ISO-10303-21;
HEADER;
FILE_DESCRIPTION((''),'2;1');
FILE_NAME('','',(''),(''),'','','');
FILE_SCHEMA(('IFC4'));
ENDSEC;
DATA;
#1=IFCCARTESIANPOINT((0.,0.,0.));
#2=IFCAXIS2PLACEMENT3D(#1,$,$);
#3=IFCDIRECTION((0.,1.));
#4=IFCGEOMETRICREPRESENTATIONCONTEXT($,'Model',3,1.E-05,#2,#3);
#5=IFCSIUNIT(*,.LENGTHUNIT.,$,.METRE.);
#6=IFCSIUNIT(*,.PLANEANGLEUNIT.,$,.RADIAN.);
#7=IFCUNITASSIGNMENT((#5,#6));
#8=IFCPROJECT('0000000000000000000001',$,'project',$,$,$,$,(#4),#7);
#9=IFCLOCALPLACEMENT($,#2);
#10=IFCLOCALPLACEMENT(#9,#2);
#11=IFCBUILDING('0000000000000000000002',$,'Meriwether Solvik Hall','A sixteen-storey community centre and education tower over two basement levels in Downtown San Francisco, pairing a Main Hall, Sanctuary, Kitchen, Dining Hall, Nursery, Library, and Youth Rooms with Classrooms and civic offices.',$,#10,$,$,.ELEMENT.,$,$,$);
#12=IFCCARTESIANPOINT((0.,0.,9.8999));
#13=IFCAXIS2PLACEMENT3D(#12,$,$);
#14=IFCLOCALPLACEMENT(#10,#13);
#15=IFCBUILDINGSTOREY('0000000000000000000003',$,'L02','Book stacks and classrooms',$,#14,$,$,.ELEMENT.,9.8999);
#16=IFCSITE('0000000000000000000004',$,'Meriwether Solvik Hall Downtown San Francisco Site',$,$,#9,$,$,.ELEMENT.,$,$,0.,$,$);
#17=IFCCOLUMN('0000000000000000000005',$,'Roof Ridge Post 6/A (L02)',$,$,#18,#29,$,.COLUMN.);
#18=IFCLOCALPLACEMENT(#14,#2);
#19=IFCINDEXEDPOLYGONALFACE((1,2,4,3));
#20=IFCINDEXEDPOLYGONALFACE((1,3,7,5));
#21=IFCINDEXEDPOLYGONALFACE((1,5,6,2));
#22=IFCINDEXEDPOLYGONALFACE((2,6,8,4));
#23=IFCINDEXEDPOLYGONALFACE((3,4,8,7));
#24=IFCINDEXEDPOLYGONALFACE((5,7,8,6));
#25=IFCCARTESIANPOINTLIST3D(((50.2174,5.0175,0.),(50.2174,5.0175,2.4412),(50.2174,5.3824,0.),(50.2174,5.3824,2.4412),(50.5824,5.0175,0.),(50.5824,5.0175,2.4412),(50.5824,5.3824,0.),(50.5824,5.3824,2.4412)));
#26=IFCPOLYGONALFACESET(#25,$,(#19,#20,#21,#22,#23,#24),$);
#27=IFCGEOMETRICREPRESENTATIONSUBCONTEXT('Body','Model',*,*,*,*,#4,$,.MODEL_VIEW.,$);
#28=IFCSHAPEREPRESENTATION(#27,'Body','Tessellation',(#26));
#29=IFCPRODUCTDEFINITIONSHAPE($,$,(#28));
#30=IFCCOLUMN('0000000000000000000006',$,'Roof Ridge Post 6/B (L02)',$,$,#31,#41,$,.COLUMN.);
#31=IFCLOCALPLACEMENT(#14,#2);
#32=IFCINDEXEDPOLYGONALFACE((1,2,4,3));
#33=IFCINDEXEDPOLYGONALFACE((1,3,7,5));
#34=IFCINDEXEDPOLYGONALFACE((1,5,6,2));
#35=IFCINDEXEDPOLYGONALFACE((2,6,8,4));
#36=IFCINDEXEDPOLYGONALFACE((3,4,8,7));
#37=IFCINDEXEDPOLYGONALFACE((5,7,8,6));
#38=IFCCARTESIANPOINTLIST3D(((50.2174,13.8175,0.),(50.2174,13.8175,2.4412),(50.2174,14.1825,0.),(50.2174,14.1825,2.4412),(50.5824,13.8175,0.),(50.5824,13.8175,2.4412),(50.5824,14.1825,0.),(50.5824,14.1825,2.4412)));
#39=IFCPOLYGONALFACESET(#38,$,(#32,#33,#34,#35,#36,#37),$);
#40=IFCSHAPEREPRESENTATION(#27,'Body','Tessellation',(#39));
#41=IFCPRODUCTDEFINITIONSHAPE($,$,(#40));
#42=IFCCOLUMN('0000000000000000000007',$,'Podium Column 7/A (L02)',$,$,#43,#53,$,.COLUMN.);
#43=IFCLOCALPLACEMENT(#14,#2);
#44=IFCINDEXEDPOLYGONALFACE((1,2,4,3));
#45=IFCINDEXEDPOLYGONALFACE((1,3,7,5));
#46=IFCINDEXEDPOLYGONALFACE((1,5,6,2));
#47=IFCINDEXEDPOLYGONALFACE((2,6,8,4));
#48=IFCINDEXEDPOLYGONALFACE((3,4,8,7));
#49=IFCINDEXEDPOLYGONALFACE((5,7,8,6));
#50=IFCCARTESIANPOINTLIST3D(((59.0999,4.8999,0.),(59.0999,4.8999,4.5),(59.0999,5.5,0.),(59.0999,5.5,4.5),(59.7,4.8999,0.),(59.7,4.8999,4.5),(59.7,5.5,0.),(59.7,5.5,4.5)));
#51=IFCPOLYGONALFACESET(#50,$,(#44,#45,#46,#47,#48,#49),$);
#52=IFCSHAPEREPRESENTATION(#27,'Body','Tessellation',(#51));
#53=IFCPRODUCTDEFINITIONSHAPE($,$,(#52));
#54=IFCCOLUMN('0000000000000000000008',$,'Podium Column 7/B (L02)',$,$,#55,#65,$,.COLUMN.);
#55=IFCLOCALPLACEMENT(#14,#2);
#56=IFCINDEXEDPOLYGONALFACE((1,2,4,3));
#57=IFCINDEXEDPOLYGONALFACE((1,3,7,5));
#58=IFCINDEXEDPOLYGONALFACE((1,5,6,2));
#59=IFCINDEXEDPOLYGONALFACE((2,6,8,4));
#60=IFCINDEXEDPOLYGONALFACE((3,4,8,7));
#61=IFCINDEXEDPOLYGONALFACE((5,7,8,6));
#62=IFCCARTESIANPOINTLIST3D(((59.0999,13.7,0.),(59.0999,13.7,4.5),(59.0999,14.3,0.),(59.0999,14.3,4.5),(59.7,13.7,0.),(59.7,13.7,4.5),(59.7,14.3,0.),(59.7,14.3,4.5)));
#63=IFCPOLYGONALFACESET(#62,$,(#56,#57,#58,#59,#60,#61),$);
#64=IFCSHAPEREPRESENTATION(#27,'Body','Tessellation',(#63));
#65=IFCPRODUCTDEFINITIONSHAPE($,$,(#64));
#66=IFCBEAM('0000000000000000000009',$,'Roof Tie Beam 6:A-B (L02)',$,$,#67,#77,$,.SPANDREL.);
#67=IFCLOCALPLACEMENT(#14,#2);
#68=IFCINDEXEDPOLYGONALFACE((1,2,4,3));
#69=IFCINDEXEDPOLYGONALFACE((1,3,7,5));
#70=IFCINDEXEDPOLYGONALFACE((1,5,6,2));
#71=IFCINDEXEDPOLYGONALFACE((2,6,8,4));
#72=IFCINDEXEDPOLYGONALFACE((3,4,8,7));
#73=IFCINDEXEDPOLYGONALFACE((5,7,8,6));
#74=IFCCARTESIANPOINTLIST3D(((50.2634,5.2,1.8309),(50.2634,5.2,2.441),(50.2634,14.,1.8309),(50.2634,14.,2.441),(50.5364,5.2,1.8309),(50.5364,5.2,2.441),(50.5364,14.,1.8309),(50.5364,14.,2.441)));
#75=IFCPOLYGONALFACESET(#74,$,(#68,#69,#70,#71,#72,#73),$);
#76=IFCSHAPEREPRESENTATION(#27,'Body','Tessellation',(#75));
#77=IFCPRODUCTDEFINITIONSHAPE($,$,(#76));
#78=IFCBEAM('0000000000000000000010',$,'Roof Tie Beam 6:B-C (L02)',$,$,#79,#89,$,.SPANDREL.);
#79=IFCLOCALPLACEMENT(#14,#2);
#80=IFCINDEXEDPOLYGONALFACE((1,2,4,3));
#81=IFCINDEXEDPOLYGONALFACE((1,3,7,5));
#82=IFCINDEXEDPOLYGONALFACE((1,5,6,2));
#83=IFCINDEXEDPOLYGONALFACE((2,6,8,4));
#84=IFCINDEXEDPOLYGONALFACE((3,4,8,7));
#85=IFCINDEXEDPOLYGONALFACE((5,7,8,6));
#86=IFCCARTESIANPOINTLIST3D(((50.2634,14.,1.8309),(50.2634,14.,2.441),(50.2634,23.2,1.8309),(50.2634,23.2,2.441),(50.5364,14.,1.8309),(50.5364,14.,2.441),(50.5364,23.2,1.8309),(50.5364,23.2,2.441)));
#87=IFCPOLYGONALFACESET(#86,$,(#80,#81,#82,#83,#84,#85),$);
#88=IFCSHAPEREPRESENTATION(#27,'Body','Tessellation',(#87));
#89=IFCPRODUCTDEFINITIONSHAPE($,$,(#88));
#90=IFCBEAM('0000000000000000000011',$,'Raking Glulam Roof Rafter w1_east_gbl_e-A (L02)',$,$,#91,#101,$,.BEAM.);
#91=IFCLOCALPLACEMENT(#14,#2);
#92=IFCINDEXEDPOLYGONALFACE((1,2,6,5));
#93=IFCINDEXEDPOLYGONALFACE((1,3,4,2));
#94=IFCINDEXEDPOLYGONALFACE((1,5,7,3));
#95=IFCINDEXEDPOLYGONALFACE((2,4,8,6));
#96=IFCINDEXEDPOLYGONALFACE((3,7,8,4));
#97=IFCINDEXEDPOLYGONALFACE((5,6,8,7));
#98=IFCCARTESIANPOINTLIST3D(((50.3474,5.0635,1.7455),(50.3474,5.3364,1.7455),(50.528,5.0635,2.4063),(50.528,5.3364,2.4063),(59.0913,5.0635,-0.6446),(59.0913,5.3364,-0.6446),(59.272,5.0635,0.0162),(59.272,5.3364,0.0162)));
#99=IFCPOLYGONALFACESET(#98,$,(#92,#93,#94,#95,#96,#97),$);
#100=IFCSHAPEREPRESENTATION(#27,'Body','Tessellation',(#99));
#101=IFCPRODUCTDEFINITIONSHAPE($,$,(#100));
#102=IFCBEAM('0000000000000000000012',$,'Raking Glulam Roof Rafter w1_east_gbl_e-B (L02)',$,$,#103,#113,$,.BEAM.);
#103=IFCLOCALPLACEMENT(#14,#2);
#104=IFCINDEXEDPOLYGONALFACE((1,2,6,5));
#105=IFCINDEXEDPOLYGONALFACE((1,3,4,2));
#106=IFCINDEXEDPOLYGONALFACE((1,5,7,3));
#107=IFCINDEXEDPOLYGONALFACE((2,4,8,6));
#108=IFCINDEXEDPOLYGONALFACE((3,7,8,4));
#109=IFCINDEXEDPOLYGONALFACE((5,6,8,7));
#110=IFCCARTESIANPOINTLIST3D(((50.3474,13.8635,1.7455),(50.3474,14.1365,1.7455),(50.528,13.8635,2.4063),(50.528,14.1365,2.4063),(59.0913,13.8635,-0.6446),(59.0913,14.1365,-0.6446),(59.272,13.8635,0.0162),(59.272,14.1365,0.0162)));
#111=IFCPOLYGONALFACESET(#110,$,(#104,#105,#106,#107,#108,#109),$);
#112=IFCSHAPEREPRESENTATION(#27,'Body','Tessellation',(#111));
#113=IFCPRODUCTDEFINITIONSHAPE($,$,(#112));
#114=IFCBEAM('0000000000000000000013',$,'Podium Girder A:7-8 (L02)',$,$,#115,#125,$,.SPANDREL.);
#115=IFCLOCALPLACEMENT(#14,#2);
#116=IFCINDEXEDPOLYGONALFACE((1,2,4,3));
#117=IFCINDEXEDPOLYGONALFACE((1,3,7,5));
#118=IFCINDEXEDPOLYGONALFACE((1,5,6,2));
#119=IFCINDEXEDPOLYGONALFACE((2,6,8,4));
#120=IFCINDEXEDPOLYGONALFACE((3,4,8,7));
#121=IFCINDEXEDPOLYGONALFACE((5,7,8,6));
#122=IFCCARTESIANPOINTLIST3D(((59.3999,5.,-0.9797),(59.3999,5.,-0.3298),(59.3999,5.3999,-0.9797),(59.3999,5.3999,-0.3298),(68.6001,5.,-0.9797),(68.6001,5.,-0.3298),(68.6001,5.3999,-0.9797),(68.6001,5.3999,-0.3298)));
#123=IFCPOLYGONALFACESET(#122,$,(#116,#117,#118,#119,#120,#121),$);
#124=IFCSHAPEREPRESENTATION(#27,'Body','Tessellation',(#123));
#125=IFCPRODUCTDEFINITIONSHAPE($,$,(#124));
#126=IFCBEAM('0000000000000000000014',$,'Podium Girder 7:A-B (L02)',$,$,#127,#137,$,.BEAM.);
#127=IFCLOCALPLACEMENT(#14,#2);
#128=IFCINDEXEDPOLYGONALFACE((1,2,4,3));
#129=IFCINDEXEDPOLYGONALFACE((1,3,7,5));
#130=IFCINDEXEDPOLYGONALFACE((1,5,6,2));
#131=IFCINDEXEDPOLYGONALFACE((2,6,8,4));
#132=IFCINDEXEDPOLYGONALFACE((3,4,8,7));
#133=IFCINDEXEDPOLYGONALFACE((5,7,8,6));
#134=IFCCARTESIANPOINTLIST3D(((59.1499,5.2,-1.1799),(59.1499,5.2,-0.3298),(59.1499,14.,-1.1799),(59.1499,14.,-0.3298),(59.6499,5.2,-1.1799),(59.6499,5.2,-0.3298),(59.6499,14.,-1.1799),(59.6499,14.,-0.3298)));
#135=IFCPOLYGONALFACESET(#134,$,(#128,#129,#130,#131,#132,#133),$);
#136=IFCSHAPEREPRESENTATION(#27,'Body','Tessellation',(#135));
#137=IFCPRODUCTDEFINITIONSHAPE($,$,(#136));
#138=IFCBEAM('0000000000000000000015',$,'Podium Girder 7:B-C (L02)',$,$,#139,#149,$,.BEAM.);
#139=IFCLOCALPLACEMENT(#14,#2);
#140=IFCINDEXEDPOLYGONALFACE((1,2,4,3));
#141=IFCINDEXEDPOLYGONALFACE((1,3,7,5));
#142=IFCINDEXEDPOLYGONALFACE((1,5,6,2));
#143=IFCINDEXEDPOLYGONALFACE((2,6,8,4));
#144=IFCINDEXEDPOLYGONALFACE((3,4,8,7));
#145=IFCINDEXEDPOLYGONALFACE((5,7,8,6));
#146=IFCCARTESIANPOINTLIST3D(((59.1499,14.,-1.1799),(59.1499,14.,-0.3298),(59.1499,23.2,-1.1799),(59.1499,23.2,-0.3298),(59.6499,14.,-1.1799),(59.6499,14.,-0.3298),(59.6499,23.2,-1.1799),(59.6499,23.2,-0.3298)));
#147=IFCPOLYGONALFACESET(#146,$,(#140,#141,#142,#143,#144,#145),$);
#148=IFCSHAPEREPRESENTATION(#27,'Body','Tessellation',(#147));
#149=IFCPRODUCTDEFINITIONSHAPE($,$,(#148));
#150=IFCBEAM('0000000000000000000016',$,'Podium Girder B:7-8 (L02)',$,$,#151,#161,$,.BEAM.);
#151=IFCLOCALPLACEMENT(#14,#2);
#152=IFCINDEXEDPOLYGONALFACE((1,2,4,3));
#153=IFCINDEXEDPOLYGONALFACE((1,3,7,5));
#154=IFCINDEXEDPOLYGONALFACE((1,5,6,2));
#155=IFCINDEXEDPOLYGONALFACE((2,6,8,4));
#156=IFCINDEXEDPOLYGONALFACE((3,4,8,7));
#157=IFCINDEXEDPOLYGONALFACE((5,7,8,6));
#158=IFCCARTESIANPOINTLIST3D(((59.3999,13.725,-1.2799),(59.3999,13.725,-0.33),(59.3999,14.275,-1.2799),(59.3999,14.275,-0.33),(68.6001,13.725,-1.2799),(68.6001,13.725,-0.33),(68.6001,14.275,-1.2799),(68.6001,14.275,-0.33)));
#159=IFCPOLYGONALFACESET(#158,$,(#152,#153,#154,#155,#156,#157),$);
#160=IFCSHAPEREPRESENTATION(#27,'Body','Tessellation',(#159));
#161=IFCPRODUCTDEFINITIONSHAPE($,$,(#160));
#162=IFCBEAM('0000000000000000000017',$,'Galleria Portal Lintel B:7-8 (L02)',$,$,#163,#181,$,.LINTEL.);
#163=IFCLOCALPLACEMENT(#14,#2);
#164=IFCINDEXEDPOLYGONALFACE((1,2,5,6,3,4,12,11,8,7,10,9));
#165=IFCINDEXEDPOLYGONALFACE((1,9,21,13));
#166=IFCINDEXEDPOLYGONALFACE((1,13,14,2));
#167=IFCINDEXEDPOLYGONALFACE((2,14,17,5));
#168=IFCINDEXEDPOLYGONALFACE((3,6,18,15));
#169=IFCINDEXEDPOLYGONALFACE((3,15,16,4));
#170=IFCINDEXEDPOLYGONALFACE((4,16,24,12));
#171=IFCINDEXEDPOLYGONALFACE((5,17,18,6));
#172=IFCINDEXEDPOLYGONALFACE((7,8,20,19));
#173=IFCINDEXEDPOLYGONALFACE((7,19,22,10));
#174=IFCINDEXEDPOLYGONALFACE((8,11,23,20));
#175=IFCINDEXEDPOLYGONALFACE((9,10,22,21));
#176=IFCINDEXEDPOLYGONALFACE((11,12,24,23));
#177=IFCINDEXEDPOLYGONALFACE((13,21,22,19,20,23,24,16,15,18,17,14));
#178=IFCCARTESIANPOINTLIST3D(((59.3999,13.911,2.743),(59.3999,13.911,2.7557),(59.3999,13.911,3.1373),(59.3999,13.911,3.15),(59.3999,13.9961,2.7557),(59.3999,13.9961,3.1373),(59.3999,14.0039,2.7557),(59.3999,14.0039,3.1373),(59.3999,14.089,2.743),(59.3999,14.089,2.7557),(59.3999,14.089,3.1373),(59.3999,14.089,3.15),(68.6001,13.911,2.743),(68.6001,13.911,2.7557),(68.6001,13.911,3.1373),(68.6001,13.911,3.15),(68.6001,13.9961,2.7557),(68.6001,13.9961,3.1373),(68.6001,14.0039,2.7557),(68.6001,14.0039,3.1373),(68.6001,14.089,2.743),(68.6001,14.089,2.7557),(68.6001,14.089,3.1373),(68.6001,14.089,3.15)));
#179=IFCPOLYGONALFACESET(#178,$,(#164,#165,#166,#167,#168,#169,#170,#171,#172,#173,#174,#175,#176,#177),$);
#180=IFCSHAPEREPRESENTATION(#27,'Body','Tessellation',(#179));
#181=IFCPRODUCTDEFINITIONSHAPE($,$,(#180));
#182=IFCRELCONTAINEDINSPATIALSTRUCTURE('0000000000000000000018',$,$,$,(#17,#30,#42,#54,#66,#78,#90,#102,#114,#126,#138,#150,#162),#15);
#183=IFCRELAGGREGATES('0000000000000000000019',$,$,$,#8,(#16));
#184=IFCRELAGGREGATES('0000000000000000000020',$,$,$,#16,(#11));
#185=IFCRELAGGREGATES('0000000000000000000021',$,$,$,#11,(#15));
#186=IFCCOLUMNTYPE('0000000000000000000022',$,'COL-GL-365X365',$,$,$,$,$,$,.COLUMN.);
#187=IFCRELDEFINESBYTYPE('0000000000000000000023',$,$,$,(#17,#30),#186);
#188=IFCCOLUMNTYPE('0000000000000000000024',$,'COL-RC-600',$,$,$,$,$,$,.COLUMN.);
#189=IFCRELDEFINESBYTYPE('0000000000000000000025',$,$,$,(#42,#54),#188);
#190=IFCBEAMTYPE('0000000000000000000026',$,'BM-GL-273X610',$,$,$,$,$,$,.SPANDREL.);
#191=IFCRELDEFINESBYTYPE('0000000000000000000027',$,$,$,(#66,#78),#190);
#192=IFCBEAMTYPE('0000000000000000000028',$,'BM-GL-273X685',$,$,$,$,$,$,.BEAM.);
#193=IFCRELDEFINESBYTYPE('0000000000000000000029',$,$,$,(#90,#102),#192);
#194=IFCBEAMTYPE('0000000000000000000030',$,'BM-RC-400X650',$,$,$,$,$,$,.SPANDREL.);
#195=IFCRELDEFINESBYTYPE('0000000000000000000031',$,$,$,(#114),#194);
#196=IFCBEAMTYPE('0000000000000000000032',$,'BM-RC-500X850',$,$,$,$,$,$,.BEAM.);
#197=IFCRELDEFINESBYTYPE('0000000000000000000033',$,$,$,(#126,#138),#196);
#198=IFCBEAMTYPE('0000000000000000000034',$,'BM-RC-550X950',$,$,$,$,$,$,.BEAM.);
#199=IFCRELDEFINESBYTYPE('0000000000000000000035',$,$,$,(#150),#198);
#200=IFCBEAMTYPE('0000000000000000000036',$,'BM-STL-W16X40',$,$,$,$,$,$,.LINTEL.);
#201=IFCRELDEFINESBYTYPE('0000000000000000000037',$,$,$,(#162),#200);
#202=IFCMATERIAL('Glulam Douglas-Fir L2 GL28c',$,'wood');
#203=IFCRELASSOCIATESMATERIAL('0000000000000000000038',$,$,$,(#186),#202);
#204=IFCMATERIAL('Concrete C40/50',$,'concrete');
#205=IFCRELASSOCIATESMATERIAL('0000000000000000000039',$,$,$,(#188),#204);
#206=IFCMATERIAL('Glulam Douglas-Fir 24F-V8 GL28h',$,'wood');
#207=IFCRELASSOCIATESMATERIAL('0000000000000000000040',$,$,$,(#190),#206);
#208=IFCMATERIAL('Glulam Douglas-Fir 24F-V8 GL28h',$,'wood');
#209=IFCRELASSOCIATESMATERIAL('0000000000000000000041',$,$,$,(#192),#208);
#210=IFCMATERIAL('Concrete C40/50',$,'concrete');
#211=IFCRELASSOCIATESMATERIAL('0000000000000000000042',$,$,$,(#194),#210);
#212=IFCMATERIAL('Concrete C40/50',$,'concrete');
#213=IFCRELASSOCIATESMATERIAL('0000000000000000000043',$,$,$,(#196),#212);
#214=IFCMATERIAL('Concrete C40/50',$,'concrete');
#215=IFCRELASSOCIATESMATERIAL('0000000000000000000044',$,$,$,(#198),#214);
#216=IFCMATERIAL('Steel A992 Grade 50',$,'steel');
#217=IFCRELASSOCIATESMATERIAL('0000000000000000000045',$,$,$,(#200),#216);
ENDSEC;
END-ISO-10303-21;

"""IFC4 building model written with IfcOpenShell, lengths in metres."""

from ifc_helpers import new_model, si_unit, direction, frame, origin, origin_2d, place, context, subcontext, project, spatial, rectangle, i_section, extrude, material, material_profile, profile_set, type_object, element, save


model = new_model("IFC4")

# Units and contexts
model_context = context("Model", 3, precision=1e-05, world=origin(), true_north=direction((0.0, 1.0)))
body_context = subcontext(model_context, "Body", "Model", "MODEL_VIEW")
ifc_project = project(units=[si_unit("LENGTHUNIT", "METRE"), si_unit("PLANEANGLEUNIT", "RADIAN")], contexts=[model_context])

# Site, building, storey
site_placement = place(None, origin())
site = spatial("IfcSite", under=ifc_project, at=site_placement, Name="Meriwether Solvik Hall Downtown San Francisco Site", CompositionType="ELEMENT", RefElevation=0.0)
building_placement = place(site_placement, origin())
building = spatial("IfcBuilding", under=site, at=building_placement, Name="Meriwether Solvik Hall", Description="A sixteen-storey community centre and education tower over two basement levels in Downtown San Francisco, pairing a Main Hall, Sanctuary, Kitchen, Dining Hall, Nursery, Library, and Youth Rooms with Classrooms and civic offices.", CompositionType="ELEMENT")
storey_placement = place(building_placement, frame((0.0, 0.0, 9.8999)))
storey = spatial("IfcBuildingStorey", under=building, at=storey_placement, Name="L02", Description="Book stacks and classrooms", CompositionType="ELEMENT", Elevation=9.8999)

# Columns
ifc_material_1 = material(Name="Glulam Douglas-Fir L2 GL28c", Category="wood")
ifc_material_profile_1 = material_profile(ifc_material_1, rectangle(XDim=0.365, YDim=0.365, at=origin_2d()), Name="GLC-365X365")
ifc_profile_set_1 = profile_set([ifc_material_profile_1], Name="Glulam Douglas-Fir L2 GL28c")
column_type_1 = type_object("IfcColumnType", Name="COL-GL-365X365", PredefinedType="COLUMN", material=ifc_profile_set_1)
for number, where, z_axis, x_axis, name in (
    (1, (50.3999, 5.2, 0.0), (0.0, 0.0, 1.0), (1.0, 0.0, 0.0), "Roof Ridge Post 6/A (L02)"),
    (2, (50.3999, 14.0, 0.0), (0.0, 0.0, 1.0), (1.0, 0.0, 0.0), "Roof Ridge Post 6/B (L02)"),
):
    element("IfcColumn", number, at=place(storey_placement, frame(where, z_axis=z_axis, x_axis=x_axis)), inside=storey, type_object=column_type_1, Name=name, PredefinedType="COLUMN", context=body_context, shape_type="SweptSolid", body=[
        extrude(rectangle(XDim=0.365, YDim=0.365, at=origin_2d()), origin(), (0.0, 0.0, 1.0), 2.4412),
    ])
ifc_material_2 = material(Name="Concrete C40/50", Category="concrete")
ifc_material_profile_2 = material_profile(ifc_material_2, rectangle(XDim=0.6001, YDim=0.6001, at=origin_2d()), Name="RCC-600X600")
ifc_profile_set_2 = profile_set([ifc_material_profile_2], Name="Concrete C40/50")
column_type_2 = type_object("IfcColumnType", Name="COL-RC-600", PredefinedType="COLUMN", material=ifc_profile_set_2)
for number, where, z_axis, x_axis, name in (
    (3, (59.3999, 5.2, 0.0), (0.0, 0.0, 1.0), (1.0, 0.0, 0.0), "Podium Column 7/A (L02)"),
    (4, (59.3999, 14.0, 0.0), (0.0, 0.0, 1.0), (1.0, 0.0, 0.0), "Podium Column 7/B (L02)"),
):
    element("IfcColumn", number, at=place(storey_placement, frame(where, z_axis=z_axis, x_axis=x_axis)), inside=storey, type_object=column_type_2, Name=name, PredefinedType="COLUMN", context=body_context, shape_type="SweptSolid", body=[
        extrude(rectangle(XDim=0.6001, YDim=0.6001, at=origin_2d()), origin(), (0.0, 0.0, 1.0), 4.5),
    ])

# Beams
ifc_material_3 = material(Name="Glulam Douglas-Fir 24F-V8 GL28h", Category="wood")
ifc_material_profile_3 = material_profile(ifc_material_3, rectangle(XDim=0.2729, YDim=0.6101, at=origin_2d()), Name="GLB-273X610")
ifc_profile_set_3 = profile_set([ifc_material_profile_3], Name="Glulam Douglas-Fir 24F-V8 GL28h")
beam_type_1 = type_object("IfcBeamType", Name="BM-GL-273X610", PredefinedType="SPANDREL", material=ifc_profile_set_3)
beam_1_placement = place(storey_placement, frame((50.3999, 5.2, 2.136), z_axis=(0.0, 1.0, 0.0), x_axis=(-1.0, 0.0, 0.0)))
element("IfcBeam", 5, at=beam_1_placement, inside=storey, type_object=beam_type_1, Name="Roof Tie Beam 6:A-B (L02)", PredefinedType="SPANDREL", context=body_context, shape_type="SweptSolid", body=[
    extrude(rectangle(XDim=0.2729, YDim=0.6101, at=origin_2d()), origin(), (0.0, 0.0, 1.0), 8.8),
])
beam_2_placement = place(storey_placement, frame((50.3999, 14.0, 2.136), z_axis=(0.0, 1.0, 0.0), x_axis=(-1.0, 0.0, 0.0)))
element("IfcBeam", 6, at=beam_2_placement, inside=storey, type_object=beam_type_1, Name="Roof Tie Beam 6:B-C (L02)", PredefinedType="SPANDREL", context=body_context, shape_type="SweptSolid", body=[
    extrude(rectangle(XDim=0.2729, YDim=0.6101, at=origin_2d()), origin(), (0.0, 0.0, 1.0), 9.2),
])
ifc_material_4 = material(Name="Glulam Douglas-Fir 24F-V8 GL28h", Category="wood")
ifc_material_profile_4 = material_profile(ifc_material_4, rectangle(XDim=0.2729, YDim=0.6851, at=origin_2d()), Name="GLB-273X685")
ifc_profile_set_4 = profile_set([ifc_material_profile_4], Name="Glulam Douglas-Fir 24F-V8 GL28h")
beam_type_2 = type_object("IfcBeamType", Name="BM-GL-273X685", PredefinedType="BEAM", material=ifc_profile_set_4)
for number, where, z_axis, x_axis, name in (
    (7, (59.1816, 5.2, -0.3142), (-0.964611, 0.0, 0.263676), (0.0, -1.0, 0.0), "Raking Glulam Roof Rafter w1_east_gbl_e-A (L02)"),
    (8, (59.1816, 14.0, -0.3142), (-0.964611, 0.0, 0.263676), (0.0, -1.0, 0.0), "Raking Glulam Roof Rafter w1_east_gbl_e-B (L02)"),
):
    element("IfcBeam", number, at=place(storey_placement, frame(where, z_axis=z_axis, x_axis=x_axis)), inside=storey, type_object=beam_type_2, Name=name, PredefinedType="BEAM", context=body_context, shape_type="SweptSolid", body=[
        extrude(rectangle(XDim=0.2729, YDim=0.6851, at=origin_2d()), origin(), (0.0, 0.0, 1.0), 9.0647),
    ])
ifc_material_5 = material(Name="Concrete C40/50", Category="concrete")
ifc_material_profile_5 = material_profile(ifc_material_5, rectangle(XDim=0.3999, YDim=0.6499, at=origin_2d()), Name="RCB-400X650")
ifc_profile_set_5 = profile_set([ifc_material_profile_5], Name="Concrete C40/50")
beam_type_3 = type_object("IfcBeamType", Name="BM-RC-400X650", PredefinedType="SPANDREL", material=ifc_profile_set_5)
beam_3_placement = place(storey_placement, frame((59.3999, 5.2, -0.6548), z_axis=(1.0, 0.0, 0.0), x_axis=(0.0, 1.0, 0.0)))
element("IfcBeam", 9, at=beam_3_placement, inside=storey, type_object=beam_type_3, Name="Podium Girder A:7-8 (L02)", PredefinedType="SPANDREL", context=body_context, shape_type="SweptSolid", body=[
    extrude(rectangle(XDim=0.3999, YDim=0.6499, at=origin_2d()), origin(), (0.0, 0.0, 1.0), 9.2002),
])
ifc_material_6 = material(Name="Concrete C40/50", Category="concrete")
ifc_material_profile_6 = material_profile(ifc_material_6, rectangle(XDim=0.5, YDim=0.8501, at=origin_2d()), Name="RCB-500X850")
ifc_profile_set_6 = profile_set([ifc_material_profile_6], Name="Concrete C40/50")
beam_type_4 = type_object("IfcBeamType", Name="BM-RC-500X850", PredefinedType="BEAM", material=ifc_profile_set_6)
beam_4_placement = place(storey_placement, frame((59.3999, 5.2, -0.7549), z_axis=(0.0, 1.0, 0.0), x_axis=(-1.0, 0.0, 0.0)))
element("IfcBeam", 10, at=beam_4_placement, inside=storey, type_object=beam_type_4, Name="Podium Girder 7:A-B (L02)", PredefinedType="BEAM", context=body_context, shape_type="SweptSolid", body=[
    extrude(rectangle(XDim=0.5, YDim=0.8501, at=origin_2d()), origin(), (0.0, 0.0, 1.0), 8.8),
])
beam_5_placement = place(storey_placement, frame((59.3999, 14.0, -0.7549), z_axis=(0.0, 1.0, 0.0), x_axis=(-1.0, 0.0, 0.0)))
element("IfcBeam", 11, at=beam_5_placement, inside=storey, type_object=beam_type_4, Name="Podium Girder 7:B-C (L02)", PredefinedType="BEAM", context=body_context, shape_type="SweptSolid", body=[
    extrude(rectangle(XDim=0.5, YDim=0.8501, at=origin_2d()), origin(), (0.0, 0.0, 1.0), 9.2),
])
ifc_material_7 = material(Name="Concrete C40/50", Category="concrete")
ifc_material_profile_7 = material_profile(ifc_material_7, rectangle(XDim=0.55, YDim=0.95, at=origin_2d()), Name="RCB-550X950")
ifc_profile_set_7 = profile_set([ifc_material_profile_7], Name="Concrete C40/50")
beam_type_5 = type_object("IfcBeamType", Name="BM-RC-550X950", PredefinedType="BEAM", material=ifc_profile_set_7)
beam_6_placement = place(storey_placement, frame((59.3999, 14.0, -0.8049), z_axis=(1.0, 0.0, 0.0), x_axis=(0.0, 1.0, 0.0)))
element("IfcBeam", 12, at=beam_6_placement, inside=storey, type_object=beam_type_5, Name="Podium Girder B:7-8 (L02)", PredefinedType="BEAM", context=body_context, shape_type="SweptSolid", body=[
    extrude(rectangle(XDim=0.55, YDim=0.95, at=origin_2d()), origin(), (0.0, 0.0, 1.0), 9.2002),
])
ifc_material_8 = material(Name="Steel A992 Grade 50", Category="steel")
ifc_material_profile_8 = material_profile(ifc_material_8, i_section(OverallWidth=0.178, OverallDepth=0.407, WebThickness=0.0078, FlangeThickness=0.0127, at=origin_2d()), Name="W16X40")
ifc_profile_set_8 = profile_set([ifc_material_profile_8], Name="Steel A992 Grade 50")
beam_type_6 = type_object("IfcBeamType", Name="BM-STL-W16X40", PredefinedType="LINTEL", material=ifc_profile_set_8)
beam_7_placement = place(storey_placement, frame((59.3999, 14.0, 2.9465), z_axis=(1.0, 0.0, 0.0), x_axis=(0.0, 1.0, 0.0)))
element("IfcBeam", 13, at=beam_7_placement, inside=storey, type_object=beam_type_6, Name="Galleria Portal Lintel B:7-8 (L02)", PredefinedType="LINTEL", context=body_context, shape_type="SweptSolid", body=[
    extrude(i_section(OverallWidth=0.178, OverallDepth=0.407, WebThickness=0.0078, FlangeThickness=0.0127, at=origin_2d()), origin(), (0.0, 0.0, 1.0), 9.2002),
])

save(model, "model.ifc")
